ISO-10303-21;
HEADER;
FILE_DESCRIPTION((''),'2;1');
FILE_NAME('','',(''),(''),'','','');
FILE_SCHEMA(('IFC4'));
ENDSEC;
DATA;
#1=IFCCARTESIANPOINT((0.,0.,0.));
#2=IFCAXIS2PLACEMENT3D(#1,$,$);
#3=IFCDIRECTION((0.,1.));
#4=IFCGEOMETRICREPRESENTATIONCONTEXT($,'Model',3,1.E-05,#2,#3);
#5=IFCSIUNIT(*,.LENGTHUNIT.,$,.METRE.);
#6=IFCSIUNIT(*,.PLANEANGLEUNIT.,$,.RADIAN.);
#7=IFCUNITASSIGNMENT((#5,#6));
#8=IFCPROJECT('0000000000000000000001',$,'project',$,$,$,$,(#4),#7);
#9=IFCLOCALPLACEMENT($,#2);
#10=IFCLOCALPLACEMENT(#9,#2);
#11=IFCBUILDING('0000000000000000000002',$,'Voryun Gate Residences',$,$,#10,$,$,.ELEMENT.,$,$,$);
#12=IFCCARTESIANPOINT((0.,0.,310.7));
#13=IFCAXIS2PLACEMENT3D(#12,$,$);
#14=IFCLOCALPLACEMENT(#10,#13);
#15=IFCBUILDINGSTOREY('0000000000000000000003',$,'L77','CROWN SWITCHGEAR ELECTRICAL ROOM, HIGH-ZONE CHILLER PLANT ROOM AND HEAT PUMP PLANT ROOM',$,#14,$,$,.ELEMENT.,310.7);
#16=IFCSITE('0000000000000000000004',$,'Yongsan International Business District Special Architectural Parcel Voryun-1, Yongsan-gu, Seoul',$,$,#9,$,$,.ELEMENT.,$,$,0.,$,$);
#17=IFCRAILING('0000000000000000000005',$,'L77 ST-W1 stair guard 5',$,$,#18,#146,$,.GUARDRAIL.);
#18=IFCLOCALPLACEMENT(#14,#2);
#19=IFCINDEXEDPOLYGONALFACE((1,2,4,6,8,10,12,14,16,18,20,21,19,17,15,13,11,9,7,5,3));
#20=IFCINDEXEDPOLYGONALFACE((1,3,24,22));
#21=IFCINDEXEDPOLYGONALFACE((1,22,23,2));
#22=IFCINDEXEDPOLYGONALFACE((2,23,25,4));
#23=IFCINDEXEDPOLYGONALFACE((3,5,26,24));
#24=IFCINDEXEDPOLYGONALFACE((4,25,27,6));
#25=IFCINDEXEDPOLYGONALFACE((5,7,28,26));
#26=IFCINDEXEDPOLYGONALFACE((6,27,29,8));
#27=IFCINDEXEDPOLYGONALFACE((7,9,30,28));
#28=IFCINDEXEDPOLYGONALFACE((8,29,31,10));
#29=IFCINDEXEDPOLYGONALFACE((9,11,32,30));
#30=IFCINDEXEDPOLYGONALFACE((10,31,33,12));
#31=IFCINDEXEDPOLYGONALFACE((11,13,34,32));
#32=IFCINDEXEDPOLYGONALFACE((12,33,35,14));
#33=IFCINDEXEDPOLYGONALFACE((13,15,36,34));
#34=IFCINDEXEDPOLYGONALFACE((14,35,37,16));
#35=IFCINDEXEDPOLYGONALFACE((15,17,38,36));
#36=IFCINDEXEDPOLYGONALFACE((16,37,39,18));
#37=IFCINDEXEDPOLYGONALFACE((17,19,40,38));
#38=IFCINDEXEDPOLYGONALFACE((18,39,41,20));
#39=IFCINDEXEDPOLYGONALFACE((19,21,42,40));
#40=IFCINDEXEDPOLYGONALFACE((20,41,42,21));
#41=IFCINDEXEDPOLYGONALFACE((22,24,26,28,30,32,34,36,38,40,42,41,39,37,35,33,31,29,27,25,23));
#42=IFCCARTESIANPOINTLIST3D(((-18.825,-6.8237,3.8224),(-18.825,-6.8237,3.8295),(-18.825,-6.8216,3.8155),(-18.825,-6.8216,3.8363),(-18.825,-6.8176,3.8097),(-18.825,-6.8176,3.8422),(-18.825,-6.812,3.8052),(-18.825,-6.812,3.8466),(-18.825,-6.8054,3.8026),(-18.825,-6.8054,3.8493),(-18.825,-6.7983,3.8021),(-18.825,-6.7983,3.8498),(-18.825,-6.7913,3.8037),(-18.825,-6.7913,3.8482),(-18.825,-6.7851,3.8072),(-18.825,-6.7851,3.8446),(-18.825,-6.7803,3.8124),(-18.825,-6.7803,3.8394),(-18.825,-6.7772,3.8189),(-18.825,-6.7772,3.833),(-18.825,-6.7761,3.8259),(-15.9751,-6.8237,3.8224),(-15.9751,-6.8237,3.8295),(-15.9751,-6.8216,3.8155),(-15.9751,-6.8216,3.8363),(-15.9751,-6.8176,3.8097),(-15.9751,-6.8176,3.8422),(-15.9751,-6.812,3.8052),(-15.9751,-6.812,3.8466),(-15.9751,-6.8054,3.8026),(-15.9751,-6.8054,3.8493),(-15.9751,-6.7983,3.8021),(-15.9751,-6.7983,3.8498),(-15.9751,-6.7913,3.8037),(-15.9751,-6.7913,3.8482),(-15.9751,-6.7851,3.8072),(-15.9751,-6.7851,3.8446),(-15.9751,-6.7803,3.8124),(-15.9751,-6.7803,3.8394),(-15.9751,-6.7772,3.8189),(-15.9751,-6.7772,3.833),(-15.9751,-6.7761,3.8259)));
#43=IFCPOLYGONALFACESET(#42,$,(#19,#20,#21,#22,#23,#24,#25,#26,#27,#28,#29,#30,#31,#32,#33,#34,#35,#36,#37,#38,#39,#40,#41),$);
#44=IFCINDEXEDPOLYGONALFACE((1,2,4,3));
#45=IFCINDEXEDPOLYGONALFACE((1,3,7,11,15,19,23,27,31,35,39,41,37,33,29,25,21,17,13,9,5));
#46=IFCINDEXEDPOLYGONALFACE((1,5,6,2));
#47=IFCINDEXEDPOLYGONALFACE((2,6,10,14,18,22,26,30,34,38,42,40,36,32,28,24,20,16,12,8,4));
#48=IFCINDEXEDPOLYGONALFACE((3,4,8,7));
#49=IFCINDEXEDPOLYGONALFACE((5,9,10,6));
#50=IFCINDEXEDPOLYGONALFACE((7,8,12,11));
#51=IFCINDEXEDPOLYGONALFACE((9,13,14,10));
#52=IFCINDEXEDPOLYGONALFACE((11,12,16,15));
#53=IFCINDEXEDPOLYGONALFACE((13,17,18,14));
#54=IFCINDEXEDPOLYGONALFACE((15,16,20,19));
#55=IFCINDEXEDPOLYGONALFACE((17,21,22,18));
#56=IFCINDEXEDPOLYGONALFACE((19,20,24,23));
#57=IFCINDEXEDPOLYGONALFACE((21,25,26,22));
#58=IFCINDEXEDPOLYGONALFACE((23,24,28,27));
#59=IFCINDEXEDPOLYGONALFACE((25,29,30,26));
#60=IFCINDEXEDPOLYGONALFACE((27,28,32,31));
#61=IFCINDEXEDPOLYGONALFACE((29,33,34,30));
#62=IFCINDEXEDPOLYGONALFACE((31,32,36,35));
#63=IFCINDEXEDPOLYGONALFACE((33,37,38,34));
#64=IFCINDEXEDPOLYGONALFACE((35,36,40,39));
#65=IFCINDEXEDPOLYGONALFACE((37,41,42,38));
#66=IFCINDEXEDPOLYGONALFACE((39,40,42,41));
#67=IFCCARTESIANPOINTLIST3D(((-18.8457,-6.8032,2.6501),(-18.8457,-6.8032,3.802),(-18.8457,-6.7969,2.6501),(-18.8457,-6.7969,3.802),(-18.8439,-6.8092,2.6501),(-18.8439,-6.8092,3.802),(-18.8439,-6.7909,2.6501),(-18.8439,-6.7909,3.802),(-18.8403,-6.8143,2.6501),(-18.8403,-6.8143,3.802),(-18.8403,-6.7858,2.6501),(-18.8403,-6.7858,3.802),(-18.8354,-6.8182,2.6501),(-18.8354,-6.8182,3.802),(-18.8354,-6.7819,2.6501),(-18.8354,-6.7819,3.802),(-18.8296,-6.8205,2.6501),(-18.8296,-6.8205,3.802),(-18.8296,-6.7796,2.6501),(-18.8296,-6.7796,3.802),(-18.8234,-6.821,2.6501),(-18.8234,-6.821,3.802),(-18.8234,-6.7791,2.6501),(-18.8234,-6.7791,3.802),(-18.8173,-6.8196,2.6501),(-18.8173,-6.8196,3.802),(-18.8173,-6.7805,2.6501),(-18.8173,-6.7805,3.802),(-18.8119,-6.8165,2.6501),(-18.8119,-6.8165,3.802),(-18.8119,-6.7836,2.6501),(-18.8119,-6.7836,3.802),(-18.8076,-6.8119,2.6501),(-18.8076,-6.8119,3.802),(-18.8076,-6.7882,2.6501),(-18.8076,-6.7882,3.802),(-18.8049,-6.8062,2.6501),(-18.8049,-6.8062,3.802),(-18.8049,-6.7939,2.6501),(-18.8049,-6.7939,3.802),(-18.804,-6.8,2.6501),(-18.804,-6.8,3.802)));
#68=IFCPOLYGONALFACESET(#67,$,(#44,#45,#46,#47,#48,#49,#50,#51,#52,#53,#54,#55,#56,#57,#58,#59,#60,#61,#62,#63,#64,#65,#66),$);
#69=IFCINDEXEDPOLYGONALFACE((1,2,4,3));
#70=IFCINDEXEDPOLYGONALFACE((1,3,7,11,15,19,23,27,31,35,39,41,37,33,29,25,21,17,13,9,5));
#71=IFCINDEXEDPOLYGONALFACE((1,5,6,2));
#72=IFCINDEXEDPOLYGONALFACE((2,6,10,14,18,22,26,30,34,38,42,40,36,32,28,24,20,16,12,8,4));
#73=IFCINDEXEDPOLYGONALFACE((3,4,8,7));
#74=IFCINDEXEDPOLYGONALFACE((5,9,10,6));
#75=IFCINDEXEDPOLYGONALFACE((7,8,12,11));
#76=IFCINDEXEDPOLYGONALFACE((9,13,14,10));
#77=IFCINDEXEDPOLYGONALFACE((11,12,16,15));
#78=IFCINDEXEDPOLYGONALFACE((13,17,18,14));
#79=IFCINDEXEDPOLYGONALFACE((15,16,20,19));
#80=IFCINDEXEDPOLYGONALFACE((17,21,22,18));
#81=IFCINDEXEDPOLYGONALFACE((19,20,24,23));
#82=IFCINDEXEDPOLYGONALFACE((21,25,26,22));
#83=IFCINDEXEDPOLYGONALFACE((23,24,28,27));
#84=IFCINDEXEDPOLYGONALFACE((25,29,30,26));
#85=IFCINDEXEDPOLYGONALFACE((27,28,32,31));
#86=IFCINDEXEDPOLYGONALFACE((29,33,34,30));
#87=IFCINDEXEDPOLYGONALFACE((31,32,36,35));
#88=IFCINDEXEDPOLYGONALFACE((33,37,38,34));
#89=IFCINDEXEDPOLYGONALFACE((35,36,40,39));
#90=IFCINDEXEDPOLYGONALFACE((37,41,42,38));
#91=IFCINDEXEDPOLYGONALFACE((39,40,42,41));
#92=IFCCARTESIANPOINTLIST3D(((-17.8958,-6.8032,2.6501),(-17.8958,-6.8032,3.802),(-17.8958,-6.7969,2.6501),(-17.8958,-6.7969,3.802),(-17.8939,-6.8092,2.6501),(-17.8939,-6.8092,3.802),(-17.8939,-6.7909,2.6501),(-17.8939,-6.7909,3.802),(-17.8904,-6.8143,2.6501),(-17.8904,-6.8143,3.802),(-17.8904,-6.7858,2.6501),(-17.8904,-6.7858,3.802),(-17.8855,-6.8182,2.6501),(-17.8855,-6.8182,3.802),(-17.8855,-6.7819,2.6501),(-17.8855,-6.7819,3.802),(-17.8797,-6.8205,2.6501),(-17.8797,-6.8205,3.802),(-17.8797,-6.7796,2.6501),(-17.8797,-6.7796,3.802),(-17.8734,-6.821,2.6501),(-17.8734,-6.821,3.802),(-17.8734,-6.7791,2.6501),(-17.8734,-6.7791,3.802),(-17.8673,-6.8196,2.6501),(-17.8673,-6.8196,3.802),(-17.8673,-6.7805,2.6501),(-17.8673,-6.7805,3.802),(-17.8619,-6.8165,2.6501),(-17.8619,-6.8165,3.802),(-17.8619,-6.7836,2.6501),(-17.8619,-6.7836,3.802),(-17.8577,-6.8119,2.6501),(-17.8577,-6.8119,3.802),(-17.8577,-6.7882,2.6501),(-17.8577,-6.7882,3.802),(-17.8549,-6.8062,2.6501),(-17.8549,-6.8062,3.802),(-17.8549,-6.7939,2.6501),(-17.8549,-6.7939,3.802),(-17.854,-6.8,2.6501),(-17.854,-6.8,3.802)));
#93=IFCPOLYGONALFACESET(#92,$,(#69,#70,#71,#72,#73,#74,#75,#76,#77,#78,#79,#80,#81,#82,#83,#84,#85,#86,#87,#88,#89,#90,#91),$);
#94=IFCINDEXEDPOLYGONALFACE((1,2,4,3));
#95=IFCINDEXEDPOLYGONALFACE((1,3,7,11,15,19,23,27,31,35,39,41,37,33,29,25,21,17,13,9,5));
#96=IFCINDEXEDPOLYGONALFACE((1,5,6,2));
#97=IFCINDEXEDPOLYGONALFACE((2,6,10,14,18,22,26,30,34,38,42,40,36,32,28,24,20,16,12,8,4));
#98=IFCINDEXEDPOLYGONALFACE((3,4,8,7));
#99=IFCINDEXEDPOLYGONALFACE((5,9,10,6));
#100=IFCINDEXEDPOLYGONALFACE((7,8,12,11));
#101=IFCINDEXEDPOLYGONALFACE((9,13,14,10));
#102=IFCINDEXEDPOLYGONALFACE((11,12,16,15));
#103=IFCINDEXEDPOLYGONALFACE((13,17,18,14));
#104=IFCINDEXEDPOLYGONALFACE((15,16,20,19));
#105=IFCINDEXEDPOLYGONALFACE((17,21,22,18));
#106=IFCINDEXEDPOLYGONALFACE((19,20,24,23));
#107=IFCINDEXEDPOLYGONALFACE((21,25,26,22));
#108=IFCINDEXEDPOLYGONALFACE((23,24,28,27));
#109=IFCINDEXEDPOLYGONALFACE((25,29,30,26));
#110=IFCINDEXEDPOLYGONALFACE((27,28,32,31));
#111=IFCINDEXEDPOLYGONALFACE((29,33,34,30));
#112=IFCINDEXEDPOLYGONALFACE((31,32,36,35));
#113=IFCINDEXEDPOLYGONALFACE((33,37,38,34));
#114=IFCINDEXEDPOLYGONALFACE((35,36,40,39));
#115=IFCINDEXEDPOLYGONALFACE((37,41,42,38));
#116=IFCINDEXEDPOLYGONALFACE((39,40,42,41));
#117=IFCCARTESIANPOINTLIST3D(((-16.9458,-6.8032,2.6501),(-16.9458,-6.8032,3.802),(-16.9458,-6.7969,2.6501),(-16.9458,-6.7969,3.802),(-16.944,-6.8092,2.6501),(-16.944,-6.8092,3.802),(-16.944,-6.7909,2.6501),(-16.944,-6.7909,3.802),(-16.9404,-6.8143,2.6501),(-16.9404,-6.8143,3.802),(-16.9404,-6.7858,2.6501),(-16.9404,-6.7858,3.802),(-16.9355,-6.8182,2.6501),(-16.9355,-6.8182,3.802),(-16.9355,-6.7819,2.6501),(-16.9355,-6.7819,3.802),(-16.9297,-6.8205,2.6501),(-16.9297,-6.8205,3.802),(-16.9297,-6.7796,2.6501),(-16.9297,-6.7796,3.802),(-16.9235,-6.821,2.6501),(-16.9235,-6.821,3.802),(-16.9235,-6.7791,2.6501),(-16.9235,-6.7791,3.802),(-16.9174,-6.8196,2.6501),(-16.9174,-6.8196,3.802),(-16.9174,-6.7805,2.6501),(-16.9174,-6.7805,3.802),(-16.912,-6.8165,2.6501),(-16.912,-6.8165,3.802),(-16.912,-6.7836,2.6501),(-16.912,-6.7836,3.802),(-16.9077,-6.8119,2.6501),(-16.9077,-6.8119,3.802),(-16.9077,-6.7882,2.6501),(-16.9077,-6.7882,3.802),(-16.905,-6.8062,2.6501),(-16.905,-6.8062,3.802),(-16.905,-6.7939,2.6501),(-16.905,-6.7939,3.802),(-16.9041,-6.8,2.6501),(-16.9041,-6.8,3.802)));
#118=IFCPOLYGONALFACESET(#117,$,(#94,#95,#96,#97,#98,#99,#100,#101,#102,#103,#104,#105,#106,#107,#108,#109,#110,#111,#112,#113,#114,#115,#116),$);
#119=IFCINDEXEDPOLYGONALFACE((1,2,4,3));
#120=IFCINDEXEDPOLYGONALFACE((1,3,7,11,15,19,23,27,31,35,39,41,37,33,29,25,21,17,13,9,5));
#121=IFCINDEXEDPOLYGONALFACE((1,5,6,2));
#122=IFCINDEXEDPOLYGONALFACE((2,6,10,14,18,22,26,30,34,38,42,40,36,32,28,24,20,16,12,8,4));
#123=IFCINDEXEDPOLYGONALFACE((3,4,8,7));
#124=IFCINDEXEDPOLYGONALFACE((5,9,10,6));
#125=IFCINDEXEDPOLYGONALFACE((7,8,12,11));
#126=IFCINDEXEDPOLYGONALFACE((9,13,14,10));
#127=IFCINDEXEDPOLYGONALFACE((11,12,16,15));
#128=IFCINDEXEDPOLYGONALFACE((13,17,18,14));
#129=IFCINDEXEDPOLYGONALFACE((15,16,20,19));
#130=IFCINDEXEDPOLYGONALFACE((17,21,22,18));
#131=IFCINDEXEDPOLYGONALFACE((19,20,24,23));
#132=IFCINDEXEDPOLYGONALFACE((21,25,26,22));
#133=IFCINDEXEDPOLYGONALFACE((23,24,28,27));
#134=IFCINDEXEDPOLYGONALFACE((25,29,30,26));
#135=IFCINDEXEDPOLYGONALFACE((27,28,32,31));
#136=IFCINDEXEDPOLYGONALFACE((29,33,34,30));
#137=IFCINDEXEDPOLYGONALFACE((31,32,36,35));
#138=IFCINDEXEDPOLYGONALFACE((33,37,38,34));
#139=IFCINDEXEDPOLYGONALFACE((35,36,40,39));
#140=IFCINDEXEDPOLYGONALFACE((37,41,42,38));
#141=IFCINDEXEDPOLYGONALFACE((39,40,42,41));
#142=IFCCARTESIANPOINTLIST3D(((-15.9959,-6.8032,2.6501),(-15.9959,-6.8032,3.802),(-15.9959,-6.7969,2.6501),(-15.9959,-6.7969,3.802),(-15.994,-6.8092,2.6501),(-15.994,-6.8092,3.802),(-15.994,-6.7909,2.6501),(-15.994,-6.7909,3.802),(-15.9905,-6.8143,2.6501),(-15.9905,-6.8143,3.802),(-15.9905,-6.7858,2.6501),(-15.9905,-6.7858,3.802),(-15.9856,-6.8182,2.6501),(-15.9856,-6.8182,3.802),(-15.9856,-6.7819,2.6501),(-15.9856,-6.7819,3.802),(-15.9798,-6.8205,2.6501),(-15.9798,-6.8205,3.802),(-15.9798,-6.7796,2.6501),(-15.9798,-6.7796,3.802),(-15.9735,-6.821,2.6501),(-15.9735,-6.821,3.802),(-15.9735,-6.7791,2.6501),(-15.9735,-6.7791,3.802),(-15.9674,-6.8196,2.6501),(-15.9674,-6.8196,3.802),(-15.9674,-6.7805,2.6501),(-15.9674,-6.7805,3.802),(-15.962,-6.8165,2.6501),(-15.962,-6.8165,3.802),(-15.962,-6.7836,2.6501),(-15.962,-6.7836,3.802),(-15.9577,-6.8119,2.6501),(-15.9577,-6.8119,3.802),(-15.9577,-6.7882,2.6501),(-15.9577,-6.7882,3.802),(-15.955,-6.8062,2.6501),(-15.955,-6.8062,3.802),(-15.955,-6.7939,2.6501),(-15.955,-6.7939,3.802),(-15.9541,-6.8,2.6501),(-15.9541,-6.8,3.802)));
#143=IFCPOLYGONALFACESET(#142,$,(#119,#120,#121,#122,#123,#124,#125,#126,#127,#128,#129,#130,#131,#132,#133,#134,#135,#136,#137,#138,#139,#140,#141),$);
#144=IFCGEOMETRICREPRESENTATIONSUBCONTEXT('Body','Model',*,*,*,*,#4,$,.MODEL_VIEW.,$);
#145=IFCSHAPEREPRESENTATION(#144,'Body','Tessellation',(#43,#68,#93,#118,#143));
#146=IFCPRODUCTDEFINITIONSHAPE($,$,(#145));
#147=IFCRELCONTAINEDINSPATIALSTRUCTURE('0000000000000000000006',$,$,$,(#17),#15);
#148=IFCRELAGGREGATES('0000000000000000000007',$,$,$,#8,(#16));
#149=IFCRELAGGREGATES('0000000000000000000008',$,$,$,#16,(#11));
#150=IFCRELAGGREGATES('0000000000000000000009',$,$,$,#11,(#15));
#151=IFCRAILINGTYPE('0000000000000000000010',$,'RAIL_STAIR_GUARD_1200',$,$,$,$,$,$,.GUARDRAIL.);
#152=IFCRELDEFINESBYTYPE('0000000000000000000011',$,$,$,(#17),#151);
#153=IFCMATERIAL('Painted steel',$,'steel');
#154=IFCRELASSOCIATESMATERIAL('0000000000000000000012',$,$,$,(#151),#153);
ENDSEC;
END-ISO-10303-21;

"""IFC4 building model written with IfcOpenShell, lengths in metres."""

from ifc_helpers import new_model, si_unit, direction, frame, origin, origin_2d, place, context, subcontext, project, spatial, circle, extrude, material, type_object, element, save


model = new_model("IFC4")

# Units and contexts
model_context = context("Model", 3, precision=1e-05, world=origin(), true_north=direction((0.0, 1.0)))
body_context = subcontext(model_context, "Body", "Model", "MODEL_VIEW")
ifc_project = project(units=[si_unit("LENGTHUNIT", "METRE"), si_unit("PLANEANGLEUNIT", "RADIAN")], contexts=[model_context])

# Site, building, storey
site_placement = place(None, origin())
site = spatial("IfcSite", under=ifc_project, at=site_placement, Name="Yongsan International Business District Special Architectural Parcel Voryun-1, Yongsan-gu, Seoul", CompositionType="ELEMENT", RefElevation=0.0)
building_placement = place(site_placement, origin())
building = spatial("IfcBuilding", under=site, at=building_placement, Name="Voryun Gate Residences", CompositionType="ELEMENT")
storey_placement = place(building_placement, frame((0.0, 0.0, 310.7)))
storey = spatial("IfcBuildingStorey", under=building, at=storey_placement, Name="L77", Description="CROWN SWITCHGEAR ELECTRICAL ROOM, HIGH-ZONE CHILLER PLANT ROOM AND HEAT PUMP PLANT ROOM", CompositionType="ELEMENT", Elevation=310.7)

# Railing
ifc_material_1 = material(Name="Painted steel", Category="steel")
railing_type = type_object("IfcRailingType", Name="RAIL_STAIR_GUARD_1200", PredefinedType="GUARDRAIL", material=ifc_material_1)
railing_1_placement = place(storey_placement, frame((-18.825, -6.8, 2.6501)))
element("IfcRailing", 1, at=railing_1_placement, inside=storey, type_object=railing_type, Name="L77 ST-W1 stair guard 5", PredefinedType="GUARDRAIL", context=body_context, shape_type="SweptSolid", body=[
    extrude(circle(Radius=0.0239, at=origin_2d()), frame((0.0, 0.0, 1.1758), z_axis=(1.0, 0.0, 0.0), x_axis=(0.0, 1.0, 0.0)), (0.0, 0.0, 1.0), 2.8499),
    extrude(circle(Radius=0.021, at=origin_2d()), origin(), (0.0, 0.0, 1.0), 1.1519),
    extrude(circle(Radius=0.021, at=origin_2d()), frame((0.95, 0.0, 0.0)), (0.0, 0.0, 1.0), 1.1519),
    extrude(circle(Radius=0.021, at=origin_2d()), frame((1.8999, 0.0, 0.0)), (0.0, 0.0, 1.0), 1.1519),
    extrude(circle(Radius=0.021, at=origin_2d()), frame((2.8499, 0.0, 0.0)), (0.0, 0.0, 1.0), 1.1519),
])

save(model, "model.ifc")
